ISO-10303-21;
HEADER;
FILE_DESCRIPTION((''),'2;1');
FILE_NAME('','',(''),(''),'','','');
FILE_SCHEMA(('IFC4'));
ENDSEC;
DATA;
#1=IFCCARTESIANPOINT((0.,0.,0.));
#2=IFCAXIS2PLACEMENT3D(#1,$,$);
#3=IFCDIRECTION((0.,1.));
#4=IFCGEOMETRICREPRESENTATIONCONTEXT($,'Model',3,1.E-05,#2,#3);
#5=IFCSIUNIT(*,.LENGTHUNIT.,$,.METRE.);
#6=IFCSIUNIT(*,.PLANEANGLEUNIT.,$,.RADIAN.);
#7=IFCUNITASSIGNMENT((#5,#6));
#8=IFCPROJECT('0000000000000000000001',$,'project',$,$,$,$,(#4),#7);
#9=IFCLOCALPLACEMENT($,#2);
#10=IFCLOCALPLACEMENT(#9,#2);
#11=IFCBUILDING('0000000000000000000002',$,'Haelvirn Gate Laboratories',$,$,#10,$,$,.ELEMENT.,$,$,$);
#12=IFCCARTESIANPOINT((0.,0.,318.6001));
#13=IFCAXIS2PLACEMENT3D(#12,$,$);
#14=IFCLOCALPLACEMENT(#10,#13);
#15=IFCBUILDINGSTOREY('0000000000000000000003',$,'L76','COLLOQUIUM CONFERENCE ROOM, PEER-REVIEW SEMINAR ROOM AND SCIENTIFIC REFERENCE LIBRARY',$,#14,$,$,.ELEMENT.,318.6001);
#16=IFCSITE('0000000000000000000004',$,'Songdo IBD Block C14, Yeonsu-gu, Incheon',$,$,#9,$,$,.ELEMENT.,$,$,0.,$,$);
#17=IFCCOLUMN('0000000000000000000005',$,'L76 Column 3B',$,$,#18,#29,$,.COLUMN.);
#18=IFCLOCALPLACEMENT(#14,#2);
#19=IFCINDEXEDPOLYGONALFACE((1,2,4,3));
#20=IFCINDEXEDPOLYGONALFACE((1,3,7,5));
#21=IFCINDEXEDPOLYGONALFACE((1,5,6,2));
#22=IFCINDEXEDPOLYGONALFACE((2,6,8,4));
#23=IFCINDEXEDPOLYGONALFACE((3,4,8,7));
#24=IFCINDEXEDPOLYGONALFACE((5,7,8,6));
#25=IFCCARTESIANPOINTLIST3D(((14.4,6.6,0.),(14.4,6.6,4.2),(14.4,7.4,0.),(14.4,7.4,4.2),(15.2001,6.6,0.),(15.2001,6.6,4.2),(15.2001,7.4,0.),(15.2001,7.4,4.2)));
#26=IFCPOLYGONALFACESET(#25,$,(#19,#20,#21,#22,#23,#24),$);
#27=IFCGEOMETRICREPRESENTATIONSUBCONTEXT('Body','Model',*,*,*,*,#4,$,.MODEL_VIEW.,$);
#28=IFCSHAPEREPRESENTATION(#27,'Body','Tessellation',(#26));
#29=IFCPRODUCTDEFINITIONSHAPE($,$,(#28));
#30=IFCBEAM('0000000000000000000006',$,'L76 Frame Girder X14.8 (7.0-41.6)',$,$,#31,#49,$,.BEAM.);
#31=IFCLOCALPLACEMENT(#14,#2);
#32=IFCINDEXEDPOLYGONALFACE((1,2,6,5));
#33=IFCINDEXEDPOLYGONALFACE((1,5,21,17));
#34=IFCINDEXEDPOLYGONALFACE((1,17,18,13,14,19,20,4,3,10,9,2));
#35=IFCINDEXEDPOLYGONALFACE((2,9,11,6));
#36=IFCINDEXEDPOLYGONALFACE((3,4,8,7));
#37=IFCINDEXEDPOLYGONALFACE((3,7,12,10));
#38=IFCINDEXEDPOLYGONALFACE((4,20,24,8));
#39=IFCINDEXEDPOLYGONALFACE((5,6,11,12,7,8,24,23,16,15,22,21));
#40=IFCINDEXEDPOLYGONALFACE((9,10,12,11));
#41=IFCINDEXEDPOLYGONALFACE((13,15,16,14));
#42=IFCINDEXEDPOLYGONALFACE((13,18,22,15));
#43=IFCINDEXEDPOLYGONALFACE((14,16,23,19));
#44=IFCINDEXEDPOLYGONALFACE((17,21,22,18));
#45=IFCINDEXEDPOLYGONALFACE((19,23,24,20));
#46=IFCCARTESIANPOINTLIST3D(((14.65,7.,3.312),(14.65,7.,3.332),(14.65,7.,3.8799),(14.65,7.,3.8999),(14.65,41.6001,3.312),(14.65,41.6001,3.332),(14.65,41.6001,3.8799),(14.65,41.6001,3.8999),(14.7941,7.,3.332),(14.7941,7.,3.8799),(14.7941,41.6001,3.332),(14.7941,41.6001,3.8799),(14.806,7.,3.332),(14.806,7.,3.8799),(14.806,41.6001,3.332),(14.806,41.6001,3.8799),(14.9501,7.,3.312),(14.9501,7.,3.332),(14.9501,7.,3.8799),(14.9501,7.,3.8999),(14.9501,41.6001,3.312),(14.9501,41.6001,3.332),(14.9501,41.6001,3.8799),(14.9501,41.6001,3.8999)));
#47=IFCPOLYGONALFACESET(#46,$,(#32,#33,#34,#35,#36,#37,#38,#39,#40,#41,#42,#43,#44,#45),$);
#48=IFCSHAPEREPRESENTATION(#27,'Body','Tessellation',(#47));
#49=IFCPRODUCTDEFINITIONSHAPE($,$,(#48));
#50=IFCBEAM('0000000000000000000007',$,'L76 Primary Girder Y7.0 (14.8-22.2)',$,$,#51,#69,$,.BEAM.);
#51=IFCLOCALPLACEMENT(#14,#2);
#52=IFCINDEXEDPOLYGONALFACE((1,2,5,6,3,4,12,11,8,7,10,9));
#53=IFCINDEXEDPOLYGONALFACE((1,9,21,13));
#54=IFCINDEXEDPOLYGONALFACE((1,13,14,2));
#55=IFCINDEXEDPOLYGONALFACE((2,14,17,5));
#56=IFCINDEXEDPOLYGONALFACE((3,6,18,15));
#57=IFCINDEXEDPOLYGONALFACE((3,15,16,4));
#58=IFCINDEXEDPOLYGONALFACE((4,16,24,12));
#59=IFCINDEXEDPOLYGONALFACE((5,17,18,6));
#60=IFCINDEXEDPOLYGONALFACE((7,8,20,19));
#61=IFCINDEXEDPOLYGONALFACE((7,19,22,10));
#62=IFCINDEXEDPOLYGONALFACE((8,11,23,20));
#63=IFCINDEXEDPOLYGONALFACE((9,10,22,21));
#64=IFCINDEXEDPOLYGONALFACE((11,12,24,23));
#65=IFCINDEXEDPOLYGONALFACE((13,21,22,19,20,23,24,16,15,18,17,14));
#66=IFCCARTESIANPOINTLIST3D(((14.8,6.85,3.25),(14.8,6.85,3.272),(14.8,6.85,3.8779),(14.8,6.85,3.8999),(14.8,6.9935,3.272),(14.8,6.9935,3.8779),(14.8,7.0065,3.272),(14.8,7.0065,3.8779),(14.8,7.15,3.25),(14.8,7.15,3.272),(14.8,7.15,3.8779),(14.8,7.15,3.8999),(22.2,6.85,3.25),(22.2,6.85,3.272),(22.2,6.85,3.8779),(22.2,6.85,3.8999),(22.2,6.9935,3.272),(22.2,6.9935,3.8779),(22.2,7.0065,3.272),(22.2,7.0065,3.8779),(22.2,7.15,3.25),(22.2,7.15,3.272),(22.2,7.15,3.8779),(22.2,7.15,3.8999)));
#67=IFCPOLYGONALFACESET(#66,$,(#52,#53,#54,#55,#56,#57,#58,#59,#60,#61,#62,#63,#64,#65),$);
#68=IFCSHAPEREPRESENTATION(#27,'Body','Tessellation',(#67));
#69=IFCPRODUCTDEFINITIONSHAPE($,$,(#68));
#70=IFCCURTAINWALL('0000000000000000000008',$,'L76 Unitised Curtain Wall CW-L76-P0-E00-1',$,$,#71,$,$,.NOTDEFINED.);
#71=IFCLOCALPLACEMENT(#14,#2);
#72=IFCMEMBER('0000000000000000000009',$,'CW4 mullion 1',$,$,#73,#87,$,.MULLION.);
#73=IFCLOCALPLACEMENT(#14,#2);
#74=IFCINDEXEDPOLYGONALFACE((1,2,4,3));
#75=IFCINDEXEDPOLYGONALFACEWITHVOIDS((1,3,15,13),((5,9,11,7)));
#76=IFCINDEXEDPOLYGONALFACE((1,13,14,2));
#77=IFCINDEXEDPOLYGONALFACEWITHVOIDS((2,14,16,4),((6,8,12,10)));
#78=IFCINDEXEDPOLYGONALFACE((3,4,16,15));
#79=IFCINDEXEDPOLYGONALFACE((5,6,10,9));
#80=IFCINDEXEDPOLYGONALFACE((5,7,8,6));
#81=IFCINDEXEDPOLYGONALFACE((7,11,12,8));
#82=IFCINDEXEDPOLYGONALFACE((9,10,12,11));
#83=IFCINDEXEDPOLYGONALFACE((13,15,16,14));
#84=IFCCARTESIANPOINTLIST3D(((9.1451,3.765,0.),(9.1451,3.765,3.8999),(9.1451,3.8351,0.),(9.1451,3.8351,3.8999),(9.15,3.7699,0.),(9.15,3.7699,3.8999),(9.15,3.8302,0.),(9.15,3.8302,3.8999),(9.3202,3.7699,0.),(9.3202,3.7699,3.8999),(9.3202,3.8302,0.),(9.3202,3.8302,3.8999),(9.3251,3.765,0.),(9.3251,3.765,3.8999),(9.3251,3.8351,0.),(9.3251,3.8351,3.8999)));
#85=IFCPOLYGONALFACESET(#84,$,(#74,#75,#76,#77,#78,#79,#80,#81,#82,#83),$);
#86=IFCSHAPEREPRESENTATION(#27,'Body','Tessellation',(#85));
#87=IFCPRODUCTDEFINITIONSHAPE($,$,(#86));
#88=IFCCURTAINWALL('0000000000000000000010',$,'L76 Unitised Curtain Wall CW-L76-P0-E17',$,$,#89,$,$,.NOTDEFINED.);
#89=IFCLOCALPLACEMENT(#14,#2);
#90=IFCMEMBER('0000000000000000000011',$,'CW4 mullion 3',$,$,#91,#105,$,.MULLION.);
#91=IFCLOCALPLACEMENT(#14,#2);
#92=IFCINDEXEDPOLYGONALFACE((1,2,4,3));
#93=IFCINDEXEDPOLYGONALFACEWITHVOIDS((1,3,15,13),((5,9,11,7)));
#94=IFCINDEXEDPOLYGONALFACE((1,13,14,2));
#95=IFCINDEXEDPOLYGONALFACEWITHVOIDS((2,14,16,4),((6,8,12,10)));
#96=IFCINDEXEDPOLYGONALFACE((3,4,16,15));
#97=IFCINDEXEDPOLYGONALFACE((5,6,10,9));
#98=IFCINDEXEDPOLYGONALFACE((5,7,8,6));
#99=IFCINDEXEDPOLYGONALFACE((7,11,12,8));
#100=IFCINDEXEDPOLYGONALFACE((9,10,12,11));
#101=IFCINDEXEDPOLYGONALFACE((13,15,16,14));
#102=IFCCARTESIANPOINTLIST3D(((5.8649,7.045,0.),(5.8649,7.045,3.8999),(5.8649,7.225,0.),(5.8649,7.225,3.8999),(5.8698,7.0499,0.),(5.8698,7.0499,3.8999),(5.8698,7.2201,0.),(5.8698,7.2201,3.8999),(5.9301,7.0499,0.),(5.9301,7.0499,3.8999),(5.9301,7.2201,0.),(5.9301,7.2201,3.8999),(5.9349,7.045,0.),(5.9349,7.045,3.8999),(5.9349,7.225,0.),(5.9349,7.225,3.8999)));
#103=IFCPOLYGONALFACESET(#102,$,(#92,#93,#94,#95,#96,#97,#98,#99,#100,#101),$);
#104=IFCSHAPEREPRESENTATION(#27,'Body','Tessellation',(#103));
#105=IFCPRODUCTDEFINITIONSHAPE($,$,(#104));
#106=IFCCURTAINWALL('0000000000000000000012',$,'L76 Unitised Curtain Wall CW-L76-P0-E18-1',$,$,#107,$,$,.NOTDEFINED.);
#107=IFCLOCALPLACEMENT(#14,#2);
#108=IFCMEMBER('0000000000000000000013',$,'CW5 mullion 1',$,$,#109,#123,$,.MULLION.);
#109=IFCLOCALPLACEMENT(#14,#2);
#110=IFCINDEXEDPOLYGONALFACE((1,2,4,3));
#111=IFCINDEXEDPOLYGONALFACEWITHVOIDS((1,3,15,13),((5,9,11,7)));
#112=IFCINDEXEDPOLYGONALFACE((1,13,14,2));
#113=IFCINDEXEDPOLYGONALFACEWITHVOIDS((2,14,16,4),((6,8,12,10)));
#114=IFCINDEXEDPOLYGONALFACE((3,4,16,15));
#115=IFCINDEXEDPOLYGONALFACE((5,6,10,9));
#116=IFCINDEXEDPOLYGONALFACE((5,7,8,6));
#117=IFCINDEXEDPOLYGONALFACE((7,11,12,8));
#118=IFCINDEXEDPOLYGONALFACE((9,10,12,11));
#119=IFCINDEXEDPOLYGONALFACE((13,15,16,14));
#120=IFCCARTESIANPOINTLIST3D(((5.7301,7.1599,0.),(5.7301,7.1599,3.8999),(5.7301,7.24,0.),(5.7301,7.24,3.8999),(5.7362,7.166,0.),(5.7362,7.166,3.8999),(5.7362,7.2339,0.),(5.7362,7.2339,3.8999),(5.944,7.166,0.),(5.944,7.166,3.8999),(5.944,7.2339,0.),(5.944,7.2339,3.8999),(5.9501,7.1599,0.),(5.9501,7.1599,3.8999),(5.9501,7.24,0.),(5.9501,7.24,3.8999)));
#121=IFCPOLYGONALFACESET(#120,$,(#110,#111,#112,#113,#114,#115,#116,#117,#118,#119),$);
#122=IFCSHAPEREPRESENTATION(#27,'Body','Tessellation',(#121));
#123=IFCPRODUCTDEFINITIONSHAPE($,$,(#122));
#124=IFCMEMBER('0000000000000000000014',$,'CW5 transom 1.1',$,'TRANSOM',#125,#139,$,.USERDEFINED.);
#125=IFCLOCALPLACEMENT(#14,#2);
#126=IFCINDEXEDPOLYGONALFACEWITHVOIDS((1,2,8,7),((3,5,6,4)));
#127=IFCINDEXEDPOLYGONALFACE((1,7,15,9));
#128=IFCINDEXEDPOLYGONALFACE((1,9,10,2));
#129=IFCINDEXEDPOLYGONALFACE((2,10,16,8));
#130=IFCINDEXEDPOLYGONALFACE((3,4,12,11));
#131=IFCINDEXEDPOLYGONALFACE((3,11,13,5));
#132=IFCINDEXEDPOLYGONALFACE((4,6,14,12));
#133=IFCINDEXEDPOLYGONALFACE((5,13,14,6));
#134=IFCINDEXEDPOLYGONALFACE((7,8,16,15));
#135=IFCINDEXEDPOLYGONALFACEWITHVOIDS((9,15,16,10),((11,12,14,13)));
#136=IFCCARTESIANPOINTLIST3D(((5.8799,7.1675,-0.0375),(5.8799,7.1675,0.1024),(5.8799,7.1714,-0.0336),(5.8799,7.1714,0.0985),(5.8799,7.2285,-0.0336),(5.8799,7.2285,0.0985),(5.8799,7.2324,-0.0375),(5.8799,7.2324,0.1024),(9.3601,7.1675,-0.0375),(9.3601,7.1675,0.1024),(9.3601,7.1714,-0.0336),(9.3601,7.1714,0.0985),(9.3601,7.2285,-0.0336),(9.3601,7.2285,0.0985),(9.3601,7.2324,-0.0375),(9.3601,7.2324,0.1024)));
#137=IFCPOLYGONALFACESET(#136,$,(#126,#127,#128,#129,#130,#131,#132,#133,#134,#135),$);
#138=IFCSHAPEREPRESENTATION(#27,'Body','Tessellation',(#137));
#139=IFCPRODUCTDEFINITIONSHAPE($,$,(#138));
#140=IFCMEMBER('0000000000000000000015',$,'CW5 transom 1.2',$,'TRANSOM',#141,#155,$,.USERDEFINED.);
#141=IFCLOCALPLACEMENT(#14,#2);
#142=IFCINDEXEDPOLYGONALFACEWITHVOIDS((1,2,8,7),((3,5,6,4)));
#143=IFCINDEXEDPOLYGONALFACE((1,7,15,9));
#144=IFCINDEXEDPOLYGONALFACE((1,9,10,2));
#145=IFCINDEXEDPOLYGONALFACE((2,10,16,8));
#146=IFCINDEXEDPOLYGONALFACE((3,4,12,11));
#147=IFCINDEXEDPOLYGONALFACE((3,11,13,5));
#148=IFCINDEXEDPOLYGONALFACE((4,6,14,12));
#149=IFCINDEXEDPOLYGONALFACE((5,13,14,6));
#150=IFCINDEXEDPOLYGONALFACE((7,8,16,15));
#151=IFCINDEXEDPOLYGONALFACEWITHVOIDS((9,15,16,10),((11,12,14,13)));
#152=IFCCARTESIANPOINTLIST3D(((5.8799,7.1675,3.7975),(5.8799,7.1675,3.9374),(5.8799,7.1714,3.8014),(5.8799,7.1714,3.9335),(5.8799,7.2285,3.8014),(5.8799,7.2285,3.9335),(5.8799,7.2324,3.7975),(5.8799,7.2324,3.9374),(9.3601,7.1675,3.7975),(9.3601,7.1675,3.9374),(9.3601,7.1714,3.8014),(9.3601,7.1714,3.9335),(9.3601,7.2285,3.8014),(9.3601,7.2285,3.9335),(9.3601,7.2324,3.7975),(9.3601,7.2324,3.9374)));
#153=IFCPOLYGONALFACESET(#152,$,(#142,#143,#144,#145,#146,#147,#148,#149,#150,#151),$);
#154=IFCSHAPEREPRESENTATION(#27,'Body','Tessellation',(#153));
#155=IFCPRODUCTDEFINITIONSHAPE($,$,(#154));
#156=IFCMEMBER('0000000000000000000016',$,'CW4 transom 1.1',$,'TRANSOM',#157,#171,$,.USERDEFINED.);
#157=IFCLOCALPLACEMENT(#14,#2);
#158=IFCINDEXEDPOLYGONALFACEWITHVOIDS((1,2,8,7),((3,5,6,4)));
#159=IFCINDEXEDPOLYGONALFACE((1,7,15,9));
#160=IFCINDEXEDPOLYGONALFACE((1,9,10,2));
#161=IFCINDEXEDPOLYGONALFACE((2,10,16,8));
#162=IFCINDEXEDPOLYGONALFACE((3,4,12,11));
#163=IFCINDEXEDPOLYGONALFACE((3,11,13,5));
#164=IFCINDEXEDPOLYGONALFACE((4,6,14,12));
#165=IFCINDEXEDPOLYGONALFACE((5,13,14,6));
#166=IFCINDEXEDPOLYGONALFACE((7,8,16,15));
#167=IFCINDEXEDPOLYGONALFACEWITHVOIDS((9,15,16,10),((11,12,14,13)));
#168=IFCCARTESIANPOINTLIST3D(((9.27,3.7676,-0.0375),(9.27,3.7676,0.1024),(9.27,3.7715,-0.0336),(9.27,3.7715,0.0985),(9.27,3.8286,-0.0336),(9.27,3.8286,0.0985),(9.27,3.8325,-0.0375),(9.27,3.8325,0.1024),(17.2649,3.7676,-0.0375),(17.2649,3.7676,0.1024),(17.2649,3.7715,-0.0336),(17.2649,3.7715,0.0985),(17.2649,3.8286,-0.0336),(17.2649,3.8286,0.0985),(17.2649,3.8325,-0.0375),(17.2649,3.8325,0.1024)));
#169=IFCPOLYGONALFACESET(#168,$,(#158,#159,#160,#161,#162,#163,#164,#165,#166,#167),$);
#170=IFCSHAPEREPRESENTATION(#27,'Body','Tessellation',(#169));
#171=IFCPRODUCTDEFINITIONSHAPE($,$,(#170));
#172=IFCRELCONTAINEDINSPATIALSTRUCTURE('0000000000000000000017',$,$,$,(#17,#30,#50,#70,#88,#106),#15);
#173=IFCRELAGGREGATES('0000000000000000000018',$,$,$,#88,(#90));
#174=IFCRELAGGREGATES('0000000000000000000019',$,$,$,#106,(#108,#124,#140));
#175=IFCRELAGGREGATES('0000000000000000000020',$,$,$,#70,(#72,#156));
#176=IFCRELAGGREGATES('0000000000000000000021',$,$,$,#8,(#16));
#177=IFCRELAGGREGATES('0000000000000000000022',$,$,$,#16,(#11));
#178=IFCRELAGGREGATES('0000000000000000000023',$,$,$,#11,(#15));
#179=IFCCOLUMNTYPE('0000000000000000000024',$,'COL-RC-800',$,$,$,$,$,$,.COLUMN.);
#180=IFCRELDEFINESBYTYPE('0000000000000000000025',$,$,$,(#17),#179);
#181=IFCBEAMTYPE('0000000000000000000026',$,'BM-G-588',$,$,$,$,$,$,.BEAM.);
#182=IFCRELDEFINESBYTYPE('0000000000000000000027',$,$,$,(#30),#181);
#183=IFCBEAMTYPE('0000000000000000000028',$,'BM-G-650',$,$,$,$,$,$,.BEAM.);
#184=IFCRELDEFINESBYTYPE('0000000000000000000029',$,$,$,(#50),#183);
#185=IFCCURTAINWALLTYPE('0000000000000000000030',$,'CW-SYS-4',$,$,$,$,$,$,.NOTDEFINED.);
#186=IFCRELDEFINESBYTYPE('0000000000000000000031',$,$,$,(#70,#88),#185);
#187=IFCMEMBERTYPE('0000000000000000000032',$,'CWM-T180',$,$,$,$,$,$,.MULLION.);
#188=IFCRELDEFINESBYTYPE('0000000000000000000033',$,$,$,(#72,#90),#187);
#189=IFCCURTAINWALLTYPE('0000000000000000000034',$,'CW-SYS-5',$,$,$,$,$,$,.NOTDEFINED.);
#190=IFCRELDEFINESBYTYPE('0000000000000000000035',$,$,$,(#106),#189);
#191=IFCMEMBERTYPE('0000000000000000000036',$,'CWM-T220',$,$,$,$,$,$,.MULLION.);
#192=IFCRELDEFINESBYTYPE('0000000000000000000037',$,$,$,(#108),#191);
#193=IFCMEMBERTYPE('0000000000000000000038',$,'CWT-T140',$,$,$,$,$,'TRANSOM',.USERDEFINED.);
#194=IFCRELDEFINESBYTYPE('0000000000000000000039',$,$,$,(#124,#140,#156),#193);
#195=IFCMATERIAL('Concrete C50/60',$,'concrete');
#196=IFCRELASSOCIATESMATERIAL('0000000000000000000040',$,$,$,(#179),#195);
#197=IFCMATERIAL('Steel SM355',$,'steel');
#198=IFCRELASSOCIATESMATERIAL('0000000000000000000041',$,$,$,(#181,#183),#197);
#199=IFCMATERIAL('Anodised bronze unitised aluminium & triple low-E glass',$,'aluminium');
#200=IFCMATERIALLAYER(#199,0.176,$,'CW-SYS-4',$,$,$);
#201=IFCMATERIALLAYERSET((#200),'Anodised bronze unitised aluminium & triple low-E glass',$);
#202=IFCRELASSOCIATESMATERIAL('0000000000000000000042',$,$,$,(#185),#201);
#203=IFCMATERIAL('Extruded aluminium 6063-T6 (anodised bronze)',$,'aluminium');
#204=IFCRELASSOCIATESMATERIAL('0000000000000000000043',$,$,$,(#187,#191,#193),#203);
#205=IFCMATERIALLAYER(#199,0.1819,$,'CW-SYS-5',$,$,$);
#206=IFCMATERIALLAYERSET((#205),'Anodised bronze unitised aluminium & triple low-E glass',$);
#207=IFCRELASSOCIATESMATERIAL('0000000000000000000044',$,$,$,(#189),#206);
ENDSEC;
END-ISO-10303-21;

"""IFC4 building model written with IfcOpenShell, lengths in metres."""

from ifc_helpers import new_model, si_unit, direction, frame, origin, origin_2d, place, context, subcontext, project, spatial, rectangle, hollow_rectangle, i_section, extrude, source, transform, mapped, material, layer, layer_set, material_profile, profile_set, type_object, type_shapes, element, aggregate, save


model = new_model("IFC4")

# Units and contexts
model_context = context("Model", 3, precision=1e-05, world=origin(), true_north=direction((0.0, 1.0)))
body_context = subcontext(model_context, "Body", "Model", "MODEL_VIEW")
ifc_project = project(units=[si_unit("LENGTHUNIT", "METRE"), si_unit("PLANEANGLEUNIT", "RADIAN")], contexts=[model_context])

# Site, building, storey
site_placement = place(None, origin())
site = spatial("IfcSite", under=ifc_project, at=site_placement, Name="Songdo IBD Block C14, Yeonsu-gu, Incheon", CompositionType="ELEMENT", RefElevation=0.0)
building_placement = place(site_placement, origin())
building = spatial("IfcBuilding", under=site, at=building_placement, Name="Haelvirn Gate Laboratories", CompositionType="ELEMENT")
storey_placement = place(building_placement, frame((0.0, 0.0, 318.6001)))
storey = spatial("IfcBuildingStorey", under=building, at=storey_placement, Name="L76", Description="COLLOQUIUM CONFERENCE ROOM, PEER-REVIEW SEMINAR ROOM AND SCIENTIFIC REFERENCE LIBRARY", CompositionType="ELEMENT", Elevation=318.6001)

# Column
ifc_material_1 = material(Name="Concrete C50/60", Category="concrete")
ifc_material_profile_1 = material_profile(ifc_material_1, rectangle(XDim=0.8, YDim=0.8, at=origin_2d()), Name="RC-800x800")
ifc_profile_set_1 = profile_set([ifc_material_profile_1], Name="Concrete C50/60")
column_type = type_object("IfcColumnType", Name="COL-RC-800", PredefinedType="COLUMN", material=ifc_profile_set_1)
shared_shape_1 = source(origin(), body_context, "Body", "SweptSolid", [
    extrude(rectangle(XDim=0.8, YDim=0.8, at=origin_2d()), origin(), (0.0, 0.0, 1.0), 4.2),
])
type_shapes(column_type, [shared_shape_1])
column_placement = place(storey_placement, frame((14.8, 7.0, 0.0), z_axis=(0.0, 0.0, 1.0), x_axis=(1.0, 0.0, 0.0)))
element("IfcColumn", 1, at=column_placement, inside=storey, type_object=column_type, Name="L76 Column 3B", PredefinedType="COLUMN", context=body_context, shape_type="MappedRepresentation", body=[
    mapped(shared_shape_1, transform((0.0, 0.0, 0.0), scale=1.0)),
])

# Beams
ifc_material_2 = material(Name="Steel SM355", Category="steel")
ifc_material_profile_2 = material_profile(ifc_material_2, i_section(OverallWidth=0.3, OverallDepth=0.5879, WebThickness=0.012, FlangeThickness=0.02, at=origin_2d()), Name="H-588x300x12x20")
ifc_profile_set_2 = profile_set([ifc_material_profile_2], Name="Steel SM355")
beam_type_1 = type_object("IfcBeamType", Name="BM-G-588", PredefinedType="BEAM", material=ifc_profile_set_2)
shared_shape_2 = source(origin(), body_context, "Body", "SweptSolid", [
    extrude(i_section(OverallWidth=0.3, OverallDepth=0.5879, WebThickness=0.012, FlangeThickness=0.02, at=origin_2d()), origin(), (0.0, 0.0, 1.0), 34.6001),
])
type_shapes(beam_type_1, [shared_shape_2])
beam_1_placement = place(storey_placement, frame((14.8, 7.0, 3.606), z_axis=(0.0, 1.0, 0.0), x_axis=(-1.0, 0.0, 0.0)))
element("IfcBeam", 2, at=beam_1_placement, inside=storey, type_object=beam_type_1, Name="L76 Frame Girder X14.8 (7.0-41.6)", PredefinedType="BEAM", context=body_context, shape_type="MappedRepresentation", body=[
    mapped(shared_shape_2, transform((0.0, 0.0, 0.0), scale=1.0)),
])
ifc_material_profile_3 = material_profile(ifc_material_2, i_section(OverallWidth=0.3, OverallDepth=0.6499, WebThickness=0.0129, FlangeThickness=0.022, at=origin_2d()), Name="H-650x300x13x22")
ifc_profile_set_3 = profile_set([ifc_material_profile_3], Name="Steel SM355")
beam_type_2 = type_object("IfcBeamType", Name="BM-G-650", PredefinedType="BEAM", material=ifc_profile_set_3)
shared_shape_3 = source(origin(), body_context, "Body", "SweptSolid", [
    extrude(i_section(OverallWidth=0.3, OverallDepth=0.6499, WebThickness=0.0129, FlangeThickness=0.022, at=origin_2d()), origin(), (0.0, 0.0, 1.0), 7.3999),
])
type_shapes(beam_type_2, [shared_shape_3])
beam_2_placement = place(storey_placement, frame((14.8, 7.0, 3.575), z_axis=(1.0, 0.0, 0.0), x_axis=(0.0, 1.0, 0.0)))
element("IfcBeam", 3, at=beam_2_placement, inside=storey, type_object=beam_type_2, Name="L76 Primary Girder Y7.0 (14.8-22.2)", PredefinedType="BEAM", context=body_context, shape_type="MappedRepresentation", body=[
    mapped(shared_shape_3, transform((0.0, 0.0, 0.0), scale=1.0)),
])

# Curtain walls, members
ifc_material_3 = material(Name="Anodised bronze unitised aluminium & triple low-E glass", Category="aluminium")
ifc_layer_1 = layer(ifc_material_3, 0.176, Name="CW-SYS-4")
ifc_layer_set_1 = layer_set([ifc_layer_1], Name="Anodised bronze unitised aluminium & triple low-E glass")
curtain_wall_type_1 = type_object("IfcCurtainWallType", Name="CW-SYS-4", PredefinedType="NOTDEFINED", material=ifc_layer_set_1)
curtain_wall_1_placement = place(storey_placement, origin())
curtain_wall_1 = element("IfcCurtainWall", 4, at=curtain_wall_1_placement, inside=storey, type_object=curtain_wall_type_1, Name="L76 Unitised Curtain Wall CW-L76-P0-E00-1", PredefinedType="NOTDEFINED")
ifc_material_4 = material(Name="Extruded aluminium 6063-T6 (anodised bronze)", Category="aluminium")
ifc_material_profile_4 = material_profile(ifc_material_4, hollow_rectangle(XDim=0.0701, YDim=0.1799, WallThickness=0.0049, at=origin_2d()), Name="CWM-180x70x5")
ifc_profile_set_4 = profile_set([ifc_material_profile_4], Name="Extruded aluminium 6063-T6 (anodised bronze)")
member_type_1 = type_object("IfcMemberType", Name="CWM-T180", PredefinedType="MULLION", material=ifc_profile_set_4)
shared_shape_4 = source(origin(), body_context, "Body", "SweptSolid", [
    extrude(hollow_rectangle(XDim=0.0701, YDim=0.1799, WallThickness=0.0049, at=origin_2d()), origin(), (0.0, 0.0, 1.0), 3.8999),
])
type_shapes(member_type_1, [shared_shape_4])
member_1_placement = place(storey_placement, frame((9.2351, 3.8, 0.0), z_axis=(0.0, 0.0, 1.0), x_axis=(0.0, 1.0, 0.0)))
member_1 = element("IfcMember", 5, at=member_1_placement, type_object=member_type_1, Name="CW4 mullion 1", PredefinedType="MULLION", context=body_context, shape_type="MappedRepresentation", body=[
    mapped(shared_shape_4, transform((0.0, 0.0, 0.0), scale=1.0)),
])
curtain_wall_2_placement = place(storey_placement, origin())
curtain_wall_2 = element("IfcCurtainWall", 6, at=curtain_wall_2_placement, inside=storey, type_object=curtain_wall_type_1, Name="L76 Unitised Curtain Wall CW-L76-P0-E17", PredefinedType="NOTDEFINED")
member_2_placement = place(storey_placement, frame((5.8999, 7.135, 0.0), z_axis=(0.0, 0.0, 1.0), x_axis=(1.0, 0.0, 0.0)))
member_2 = element("IfcMember", 7, at=member_2_placement, type_object=member_type_1, Name="CW4 mullion 3", PredefinedType="MULLION", context=body_context, shape_type="MappedRepresentation", body=[
    mapped(shared_shape_4, transform((0.0, 0.0, 0.0), scale=1.0)),
])
aggregate(curtain_wall_2, [member_2])

# Curtain wall, members
ifc_layer_2 = layer(ifc_material_3, 0.1819, Name="CW-SYS-5")
ifc_layer_set_2 = layer_set([ifc_layer_2], Name="Anodised bronze unitised aluminium & triple low-E glass")
curtain_wall_type_2 = type_object("IfcCurtainWallType", Name="CW-SYS-5", PredefinedType="NOTDEFINED", material=ifc_layer_set_2)
curtain_wall_3_placement = place(storey_placement, origin())
curtain_wall_3 = element("IfcCurtainWall", 8, at=curtain_wall_3_placement, inside=storey, type_object=curtain_wall_type_2, Name="L76 Unitised Curtain Wall CW-L76-P0-E18-1", PredefinedType="NOTDEFINED")
ifc_material_profile_5 = material_profile(ifc_material_4, hollow_rectangle(XDim=0.0801, YDim=0.22, WallThickness=0.0061, at=origin_2d()), Name="CWM-220x80x6")
ifc_profile_set_5 = profile_set([ifc_material_profile_5], Name="Extruded aluminium 6063-T6 (anodised bronze)")
member_type_2 = type_object("IfcMemberType", Name="CWM-T220", PredefinedType="MULLION", material=ifc_profile_set_5)
shared_shape_5 = source(origin(), body_context, "Body", "SweptSolid", [
    extrude(hollow_rectangle(XDim=0.0801, YDim=0.22, WallThickness=0.0061, at=origin_2d()), origin(), (0.0, 0.0, 1.0), 3.8999),
])
type_shapes(member_type_2, [shared_shape_5])
member_3_placement = place(storey_placement, frame((5.8401, 7.2, 0.0), z_axis=(0.0, 0.0, 1.0), x_axis=(0.0, 1.0, 0.0)))
member_3 = element("IfcMember", 9, at=member_3_placement, type_object=member_type_2, Name="CW5 mullion 1", PredefinedType="MULLION", context=body_context, shape_type="MappedRepresentation", body=[
    mapped(shared_shape_5, transform((0.0, 0.0, 0.0), scale=1.0)),
])
ifc_material_profile_6 = material_profile(ifc_material_4, hollow_rectangle(XDim=0.0649, YDim=0.1399, WallThickness=0.0039, at=origin_2d()), Name="CWT-140x65x4")
ifc_profile_set_6 = profile_set([ifc_material_profile_6], Name="Extruded aluminium 6063-T6 (anodised bronze)")
member_type_3 = type_object("IfcMemberType", Name="CWT-T140", ElementType="TRANSOM", PredefinedType="USERDEFINED", material=ifc_profile_set_6)
shared_shape_6 = source(origin(), body_context, "Body", "SweptSolid", [
    extrude(hollow_rectangle(XDim=0.0649, YDim=0.1399, WallThickness=0.0039, at=origin_2d()), origin(), (0.0, 0.0, 1.0), 3.4802),
])
member_4_placement = place(storey_placement, frame((5.8799, 7.2, 0.0325), z_axis=(1.0, 0.0, 0.0), x_axis=(0.0, 1.0, 0.0)))
member_4 = element("IfcMember", 10, at=member_4_placement, type_object=member_type_3, Name="CW5 transom 1.1", ObjectType="TRANSOM", PredefinedType="USERDEFINED", context=body_context, shape_type="MappedRepresentation", body=[
    mapped(shared_shape_6, transform((0.0, 0.0, 0.0), scale=1.0)),
])
member_5_placement = place(storey_placement, frame((5.8799, 7.2, 3.8674), z_axis=(1.0, 0.0, 0.0), x_axis=(0.0, 1.0, 0.0)))
member_5 = element("IfcMember", 11, at=member_5_placement, type_object=member_type_3, Name="CW5 transom 1.2", ObjectType="TRANSOM", PredefinedType="USERDEFINED", context=body_context, shape_type="MappedRepresentation", body=[
    mapped(shared_shape_6, transform((0.0, 0.0, 0.0), scale=1.0)),
])

# Member
shared_shape_7 = source(origin(), body_context, "Body", "SweptSolid", [
    extrude(hollow_rectangle(XDim=0.0649, YDim=0.1399, WallThickness=0.0039, at=origin_2d()), origin(), (0.0, 0.0, 1.0), 7.9949),
])
type_shapes(member_type_3, [shared_shape_6, shared_shape_7])
member_6_placement = place(storey_placement, frame((9.27, 3.8, 0.0325), z_axis=(1.0, 0.0, 0.0), x_axis=(0.0, 1.0, 0.0)))
member_6 = element("IfcMember", 12, at=member_6_placement, type_object=member_type_3, Name="CW4 transom 1.1", ObjectType="TRANSOM", PredefinedType="USERDEFINED", context=body_context, shape_type="MappedRepresentation", body=[
    mapped(shared_shape_7, transform((0.0, 0.0, 0.0), scale=1.0)),
])

aggregate(curtain_wall_3, [member_3, member_4, member_5])
aggregate(curtain_wall_1, [member_1, member_6])

save(model, "model.ifc")
